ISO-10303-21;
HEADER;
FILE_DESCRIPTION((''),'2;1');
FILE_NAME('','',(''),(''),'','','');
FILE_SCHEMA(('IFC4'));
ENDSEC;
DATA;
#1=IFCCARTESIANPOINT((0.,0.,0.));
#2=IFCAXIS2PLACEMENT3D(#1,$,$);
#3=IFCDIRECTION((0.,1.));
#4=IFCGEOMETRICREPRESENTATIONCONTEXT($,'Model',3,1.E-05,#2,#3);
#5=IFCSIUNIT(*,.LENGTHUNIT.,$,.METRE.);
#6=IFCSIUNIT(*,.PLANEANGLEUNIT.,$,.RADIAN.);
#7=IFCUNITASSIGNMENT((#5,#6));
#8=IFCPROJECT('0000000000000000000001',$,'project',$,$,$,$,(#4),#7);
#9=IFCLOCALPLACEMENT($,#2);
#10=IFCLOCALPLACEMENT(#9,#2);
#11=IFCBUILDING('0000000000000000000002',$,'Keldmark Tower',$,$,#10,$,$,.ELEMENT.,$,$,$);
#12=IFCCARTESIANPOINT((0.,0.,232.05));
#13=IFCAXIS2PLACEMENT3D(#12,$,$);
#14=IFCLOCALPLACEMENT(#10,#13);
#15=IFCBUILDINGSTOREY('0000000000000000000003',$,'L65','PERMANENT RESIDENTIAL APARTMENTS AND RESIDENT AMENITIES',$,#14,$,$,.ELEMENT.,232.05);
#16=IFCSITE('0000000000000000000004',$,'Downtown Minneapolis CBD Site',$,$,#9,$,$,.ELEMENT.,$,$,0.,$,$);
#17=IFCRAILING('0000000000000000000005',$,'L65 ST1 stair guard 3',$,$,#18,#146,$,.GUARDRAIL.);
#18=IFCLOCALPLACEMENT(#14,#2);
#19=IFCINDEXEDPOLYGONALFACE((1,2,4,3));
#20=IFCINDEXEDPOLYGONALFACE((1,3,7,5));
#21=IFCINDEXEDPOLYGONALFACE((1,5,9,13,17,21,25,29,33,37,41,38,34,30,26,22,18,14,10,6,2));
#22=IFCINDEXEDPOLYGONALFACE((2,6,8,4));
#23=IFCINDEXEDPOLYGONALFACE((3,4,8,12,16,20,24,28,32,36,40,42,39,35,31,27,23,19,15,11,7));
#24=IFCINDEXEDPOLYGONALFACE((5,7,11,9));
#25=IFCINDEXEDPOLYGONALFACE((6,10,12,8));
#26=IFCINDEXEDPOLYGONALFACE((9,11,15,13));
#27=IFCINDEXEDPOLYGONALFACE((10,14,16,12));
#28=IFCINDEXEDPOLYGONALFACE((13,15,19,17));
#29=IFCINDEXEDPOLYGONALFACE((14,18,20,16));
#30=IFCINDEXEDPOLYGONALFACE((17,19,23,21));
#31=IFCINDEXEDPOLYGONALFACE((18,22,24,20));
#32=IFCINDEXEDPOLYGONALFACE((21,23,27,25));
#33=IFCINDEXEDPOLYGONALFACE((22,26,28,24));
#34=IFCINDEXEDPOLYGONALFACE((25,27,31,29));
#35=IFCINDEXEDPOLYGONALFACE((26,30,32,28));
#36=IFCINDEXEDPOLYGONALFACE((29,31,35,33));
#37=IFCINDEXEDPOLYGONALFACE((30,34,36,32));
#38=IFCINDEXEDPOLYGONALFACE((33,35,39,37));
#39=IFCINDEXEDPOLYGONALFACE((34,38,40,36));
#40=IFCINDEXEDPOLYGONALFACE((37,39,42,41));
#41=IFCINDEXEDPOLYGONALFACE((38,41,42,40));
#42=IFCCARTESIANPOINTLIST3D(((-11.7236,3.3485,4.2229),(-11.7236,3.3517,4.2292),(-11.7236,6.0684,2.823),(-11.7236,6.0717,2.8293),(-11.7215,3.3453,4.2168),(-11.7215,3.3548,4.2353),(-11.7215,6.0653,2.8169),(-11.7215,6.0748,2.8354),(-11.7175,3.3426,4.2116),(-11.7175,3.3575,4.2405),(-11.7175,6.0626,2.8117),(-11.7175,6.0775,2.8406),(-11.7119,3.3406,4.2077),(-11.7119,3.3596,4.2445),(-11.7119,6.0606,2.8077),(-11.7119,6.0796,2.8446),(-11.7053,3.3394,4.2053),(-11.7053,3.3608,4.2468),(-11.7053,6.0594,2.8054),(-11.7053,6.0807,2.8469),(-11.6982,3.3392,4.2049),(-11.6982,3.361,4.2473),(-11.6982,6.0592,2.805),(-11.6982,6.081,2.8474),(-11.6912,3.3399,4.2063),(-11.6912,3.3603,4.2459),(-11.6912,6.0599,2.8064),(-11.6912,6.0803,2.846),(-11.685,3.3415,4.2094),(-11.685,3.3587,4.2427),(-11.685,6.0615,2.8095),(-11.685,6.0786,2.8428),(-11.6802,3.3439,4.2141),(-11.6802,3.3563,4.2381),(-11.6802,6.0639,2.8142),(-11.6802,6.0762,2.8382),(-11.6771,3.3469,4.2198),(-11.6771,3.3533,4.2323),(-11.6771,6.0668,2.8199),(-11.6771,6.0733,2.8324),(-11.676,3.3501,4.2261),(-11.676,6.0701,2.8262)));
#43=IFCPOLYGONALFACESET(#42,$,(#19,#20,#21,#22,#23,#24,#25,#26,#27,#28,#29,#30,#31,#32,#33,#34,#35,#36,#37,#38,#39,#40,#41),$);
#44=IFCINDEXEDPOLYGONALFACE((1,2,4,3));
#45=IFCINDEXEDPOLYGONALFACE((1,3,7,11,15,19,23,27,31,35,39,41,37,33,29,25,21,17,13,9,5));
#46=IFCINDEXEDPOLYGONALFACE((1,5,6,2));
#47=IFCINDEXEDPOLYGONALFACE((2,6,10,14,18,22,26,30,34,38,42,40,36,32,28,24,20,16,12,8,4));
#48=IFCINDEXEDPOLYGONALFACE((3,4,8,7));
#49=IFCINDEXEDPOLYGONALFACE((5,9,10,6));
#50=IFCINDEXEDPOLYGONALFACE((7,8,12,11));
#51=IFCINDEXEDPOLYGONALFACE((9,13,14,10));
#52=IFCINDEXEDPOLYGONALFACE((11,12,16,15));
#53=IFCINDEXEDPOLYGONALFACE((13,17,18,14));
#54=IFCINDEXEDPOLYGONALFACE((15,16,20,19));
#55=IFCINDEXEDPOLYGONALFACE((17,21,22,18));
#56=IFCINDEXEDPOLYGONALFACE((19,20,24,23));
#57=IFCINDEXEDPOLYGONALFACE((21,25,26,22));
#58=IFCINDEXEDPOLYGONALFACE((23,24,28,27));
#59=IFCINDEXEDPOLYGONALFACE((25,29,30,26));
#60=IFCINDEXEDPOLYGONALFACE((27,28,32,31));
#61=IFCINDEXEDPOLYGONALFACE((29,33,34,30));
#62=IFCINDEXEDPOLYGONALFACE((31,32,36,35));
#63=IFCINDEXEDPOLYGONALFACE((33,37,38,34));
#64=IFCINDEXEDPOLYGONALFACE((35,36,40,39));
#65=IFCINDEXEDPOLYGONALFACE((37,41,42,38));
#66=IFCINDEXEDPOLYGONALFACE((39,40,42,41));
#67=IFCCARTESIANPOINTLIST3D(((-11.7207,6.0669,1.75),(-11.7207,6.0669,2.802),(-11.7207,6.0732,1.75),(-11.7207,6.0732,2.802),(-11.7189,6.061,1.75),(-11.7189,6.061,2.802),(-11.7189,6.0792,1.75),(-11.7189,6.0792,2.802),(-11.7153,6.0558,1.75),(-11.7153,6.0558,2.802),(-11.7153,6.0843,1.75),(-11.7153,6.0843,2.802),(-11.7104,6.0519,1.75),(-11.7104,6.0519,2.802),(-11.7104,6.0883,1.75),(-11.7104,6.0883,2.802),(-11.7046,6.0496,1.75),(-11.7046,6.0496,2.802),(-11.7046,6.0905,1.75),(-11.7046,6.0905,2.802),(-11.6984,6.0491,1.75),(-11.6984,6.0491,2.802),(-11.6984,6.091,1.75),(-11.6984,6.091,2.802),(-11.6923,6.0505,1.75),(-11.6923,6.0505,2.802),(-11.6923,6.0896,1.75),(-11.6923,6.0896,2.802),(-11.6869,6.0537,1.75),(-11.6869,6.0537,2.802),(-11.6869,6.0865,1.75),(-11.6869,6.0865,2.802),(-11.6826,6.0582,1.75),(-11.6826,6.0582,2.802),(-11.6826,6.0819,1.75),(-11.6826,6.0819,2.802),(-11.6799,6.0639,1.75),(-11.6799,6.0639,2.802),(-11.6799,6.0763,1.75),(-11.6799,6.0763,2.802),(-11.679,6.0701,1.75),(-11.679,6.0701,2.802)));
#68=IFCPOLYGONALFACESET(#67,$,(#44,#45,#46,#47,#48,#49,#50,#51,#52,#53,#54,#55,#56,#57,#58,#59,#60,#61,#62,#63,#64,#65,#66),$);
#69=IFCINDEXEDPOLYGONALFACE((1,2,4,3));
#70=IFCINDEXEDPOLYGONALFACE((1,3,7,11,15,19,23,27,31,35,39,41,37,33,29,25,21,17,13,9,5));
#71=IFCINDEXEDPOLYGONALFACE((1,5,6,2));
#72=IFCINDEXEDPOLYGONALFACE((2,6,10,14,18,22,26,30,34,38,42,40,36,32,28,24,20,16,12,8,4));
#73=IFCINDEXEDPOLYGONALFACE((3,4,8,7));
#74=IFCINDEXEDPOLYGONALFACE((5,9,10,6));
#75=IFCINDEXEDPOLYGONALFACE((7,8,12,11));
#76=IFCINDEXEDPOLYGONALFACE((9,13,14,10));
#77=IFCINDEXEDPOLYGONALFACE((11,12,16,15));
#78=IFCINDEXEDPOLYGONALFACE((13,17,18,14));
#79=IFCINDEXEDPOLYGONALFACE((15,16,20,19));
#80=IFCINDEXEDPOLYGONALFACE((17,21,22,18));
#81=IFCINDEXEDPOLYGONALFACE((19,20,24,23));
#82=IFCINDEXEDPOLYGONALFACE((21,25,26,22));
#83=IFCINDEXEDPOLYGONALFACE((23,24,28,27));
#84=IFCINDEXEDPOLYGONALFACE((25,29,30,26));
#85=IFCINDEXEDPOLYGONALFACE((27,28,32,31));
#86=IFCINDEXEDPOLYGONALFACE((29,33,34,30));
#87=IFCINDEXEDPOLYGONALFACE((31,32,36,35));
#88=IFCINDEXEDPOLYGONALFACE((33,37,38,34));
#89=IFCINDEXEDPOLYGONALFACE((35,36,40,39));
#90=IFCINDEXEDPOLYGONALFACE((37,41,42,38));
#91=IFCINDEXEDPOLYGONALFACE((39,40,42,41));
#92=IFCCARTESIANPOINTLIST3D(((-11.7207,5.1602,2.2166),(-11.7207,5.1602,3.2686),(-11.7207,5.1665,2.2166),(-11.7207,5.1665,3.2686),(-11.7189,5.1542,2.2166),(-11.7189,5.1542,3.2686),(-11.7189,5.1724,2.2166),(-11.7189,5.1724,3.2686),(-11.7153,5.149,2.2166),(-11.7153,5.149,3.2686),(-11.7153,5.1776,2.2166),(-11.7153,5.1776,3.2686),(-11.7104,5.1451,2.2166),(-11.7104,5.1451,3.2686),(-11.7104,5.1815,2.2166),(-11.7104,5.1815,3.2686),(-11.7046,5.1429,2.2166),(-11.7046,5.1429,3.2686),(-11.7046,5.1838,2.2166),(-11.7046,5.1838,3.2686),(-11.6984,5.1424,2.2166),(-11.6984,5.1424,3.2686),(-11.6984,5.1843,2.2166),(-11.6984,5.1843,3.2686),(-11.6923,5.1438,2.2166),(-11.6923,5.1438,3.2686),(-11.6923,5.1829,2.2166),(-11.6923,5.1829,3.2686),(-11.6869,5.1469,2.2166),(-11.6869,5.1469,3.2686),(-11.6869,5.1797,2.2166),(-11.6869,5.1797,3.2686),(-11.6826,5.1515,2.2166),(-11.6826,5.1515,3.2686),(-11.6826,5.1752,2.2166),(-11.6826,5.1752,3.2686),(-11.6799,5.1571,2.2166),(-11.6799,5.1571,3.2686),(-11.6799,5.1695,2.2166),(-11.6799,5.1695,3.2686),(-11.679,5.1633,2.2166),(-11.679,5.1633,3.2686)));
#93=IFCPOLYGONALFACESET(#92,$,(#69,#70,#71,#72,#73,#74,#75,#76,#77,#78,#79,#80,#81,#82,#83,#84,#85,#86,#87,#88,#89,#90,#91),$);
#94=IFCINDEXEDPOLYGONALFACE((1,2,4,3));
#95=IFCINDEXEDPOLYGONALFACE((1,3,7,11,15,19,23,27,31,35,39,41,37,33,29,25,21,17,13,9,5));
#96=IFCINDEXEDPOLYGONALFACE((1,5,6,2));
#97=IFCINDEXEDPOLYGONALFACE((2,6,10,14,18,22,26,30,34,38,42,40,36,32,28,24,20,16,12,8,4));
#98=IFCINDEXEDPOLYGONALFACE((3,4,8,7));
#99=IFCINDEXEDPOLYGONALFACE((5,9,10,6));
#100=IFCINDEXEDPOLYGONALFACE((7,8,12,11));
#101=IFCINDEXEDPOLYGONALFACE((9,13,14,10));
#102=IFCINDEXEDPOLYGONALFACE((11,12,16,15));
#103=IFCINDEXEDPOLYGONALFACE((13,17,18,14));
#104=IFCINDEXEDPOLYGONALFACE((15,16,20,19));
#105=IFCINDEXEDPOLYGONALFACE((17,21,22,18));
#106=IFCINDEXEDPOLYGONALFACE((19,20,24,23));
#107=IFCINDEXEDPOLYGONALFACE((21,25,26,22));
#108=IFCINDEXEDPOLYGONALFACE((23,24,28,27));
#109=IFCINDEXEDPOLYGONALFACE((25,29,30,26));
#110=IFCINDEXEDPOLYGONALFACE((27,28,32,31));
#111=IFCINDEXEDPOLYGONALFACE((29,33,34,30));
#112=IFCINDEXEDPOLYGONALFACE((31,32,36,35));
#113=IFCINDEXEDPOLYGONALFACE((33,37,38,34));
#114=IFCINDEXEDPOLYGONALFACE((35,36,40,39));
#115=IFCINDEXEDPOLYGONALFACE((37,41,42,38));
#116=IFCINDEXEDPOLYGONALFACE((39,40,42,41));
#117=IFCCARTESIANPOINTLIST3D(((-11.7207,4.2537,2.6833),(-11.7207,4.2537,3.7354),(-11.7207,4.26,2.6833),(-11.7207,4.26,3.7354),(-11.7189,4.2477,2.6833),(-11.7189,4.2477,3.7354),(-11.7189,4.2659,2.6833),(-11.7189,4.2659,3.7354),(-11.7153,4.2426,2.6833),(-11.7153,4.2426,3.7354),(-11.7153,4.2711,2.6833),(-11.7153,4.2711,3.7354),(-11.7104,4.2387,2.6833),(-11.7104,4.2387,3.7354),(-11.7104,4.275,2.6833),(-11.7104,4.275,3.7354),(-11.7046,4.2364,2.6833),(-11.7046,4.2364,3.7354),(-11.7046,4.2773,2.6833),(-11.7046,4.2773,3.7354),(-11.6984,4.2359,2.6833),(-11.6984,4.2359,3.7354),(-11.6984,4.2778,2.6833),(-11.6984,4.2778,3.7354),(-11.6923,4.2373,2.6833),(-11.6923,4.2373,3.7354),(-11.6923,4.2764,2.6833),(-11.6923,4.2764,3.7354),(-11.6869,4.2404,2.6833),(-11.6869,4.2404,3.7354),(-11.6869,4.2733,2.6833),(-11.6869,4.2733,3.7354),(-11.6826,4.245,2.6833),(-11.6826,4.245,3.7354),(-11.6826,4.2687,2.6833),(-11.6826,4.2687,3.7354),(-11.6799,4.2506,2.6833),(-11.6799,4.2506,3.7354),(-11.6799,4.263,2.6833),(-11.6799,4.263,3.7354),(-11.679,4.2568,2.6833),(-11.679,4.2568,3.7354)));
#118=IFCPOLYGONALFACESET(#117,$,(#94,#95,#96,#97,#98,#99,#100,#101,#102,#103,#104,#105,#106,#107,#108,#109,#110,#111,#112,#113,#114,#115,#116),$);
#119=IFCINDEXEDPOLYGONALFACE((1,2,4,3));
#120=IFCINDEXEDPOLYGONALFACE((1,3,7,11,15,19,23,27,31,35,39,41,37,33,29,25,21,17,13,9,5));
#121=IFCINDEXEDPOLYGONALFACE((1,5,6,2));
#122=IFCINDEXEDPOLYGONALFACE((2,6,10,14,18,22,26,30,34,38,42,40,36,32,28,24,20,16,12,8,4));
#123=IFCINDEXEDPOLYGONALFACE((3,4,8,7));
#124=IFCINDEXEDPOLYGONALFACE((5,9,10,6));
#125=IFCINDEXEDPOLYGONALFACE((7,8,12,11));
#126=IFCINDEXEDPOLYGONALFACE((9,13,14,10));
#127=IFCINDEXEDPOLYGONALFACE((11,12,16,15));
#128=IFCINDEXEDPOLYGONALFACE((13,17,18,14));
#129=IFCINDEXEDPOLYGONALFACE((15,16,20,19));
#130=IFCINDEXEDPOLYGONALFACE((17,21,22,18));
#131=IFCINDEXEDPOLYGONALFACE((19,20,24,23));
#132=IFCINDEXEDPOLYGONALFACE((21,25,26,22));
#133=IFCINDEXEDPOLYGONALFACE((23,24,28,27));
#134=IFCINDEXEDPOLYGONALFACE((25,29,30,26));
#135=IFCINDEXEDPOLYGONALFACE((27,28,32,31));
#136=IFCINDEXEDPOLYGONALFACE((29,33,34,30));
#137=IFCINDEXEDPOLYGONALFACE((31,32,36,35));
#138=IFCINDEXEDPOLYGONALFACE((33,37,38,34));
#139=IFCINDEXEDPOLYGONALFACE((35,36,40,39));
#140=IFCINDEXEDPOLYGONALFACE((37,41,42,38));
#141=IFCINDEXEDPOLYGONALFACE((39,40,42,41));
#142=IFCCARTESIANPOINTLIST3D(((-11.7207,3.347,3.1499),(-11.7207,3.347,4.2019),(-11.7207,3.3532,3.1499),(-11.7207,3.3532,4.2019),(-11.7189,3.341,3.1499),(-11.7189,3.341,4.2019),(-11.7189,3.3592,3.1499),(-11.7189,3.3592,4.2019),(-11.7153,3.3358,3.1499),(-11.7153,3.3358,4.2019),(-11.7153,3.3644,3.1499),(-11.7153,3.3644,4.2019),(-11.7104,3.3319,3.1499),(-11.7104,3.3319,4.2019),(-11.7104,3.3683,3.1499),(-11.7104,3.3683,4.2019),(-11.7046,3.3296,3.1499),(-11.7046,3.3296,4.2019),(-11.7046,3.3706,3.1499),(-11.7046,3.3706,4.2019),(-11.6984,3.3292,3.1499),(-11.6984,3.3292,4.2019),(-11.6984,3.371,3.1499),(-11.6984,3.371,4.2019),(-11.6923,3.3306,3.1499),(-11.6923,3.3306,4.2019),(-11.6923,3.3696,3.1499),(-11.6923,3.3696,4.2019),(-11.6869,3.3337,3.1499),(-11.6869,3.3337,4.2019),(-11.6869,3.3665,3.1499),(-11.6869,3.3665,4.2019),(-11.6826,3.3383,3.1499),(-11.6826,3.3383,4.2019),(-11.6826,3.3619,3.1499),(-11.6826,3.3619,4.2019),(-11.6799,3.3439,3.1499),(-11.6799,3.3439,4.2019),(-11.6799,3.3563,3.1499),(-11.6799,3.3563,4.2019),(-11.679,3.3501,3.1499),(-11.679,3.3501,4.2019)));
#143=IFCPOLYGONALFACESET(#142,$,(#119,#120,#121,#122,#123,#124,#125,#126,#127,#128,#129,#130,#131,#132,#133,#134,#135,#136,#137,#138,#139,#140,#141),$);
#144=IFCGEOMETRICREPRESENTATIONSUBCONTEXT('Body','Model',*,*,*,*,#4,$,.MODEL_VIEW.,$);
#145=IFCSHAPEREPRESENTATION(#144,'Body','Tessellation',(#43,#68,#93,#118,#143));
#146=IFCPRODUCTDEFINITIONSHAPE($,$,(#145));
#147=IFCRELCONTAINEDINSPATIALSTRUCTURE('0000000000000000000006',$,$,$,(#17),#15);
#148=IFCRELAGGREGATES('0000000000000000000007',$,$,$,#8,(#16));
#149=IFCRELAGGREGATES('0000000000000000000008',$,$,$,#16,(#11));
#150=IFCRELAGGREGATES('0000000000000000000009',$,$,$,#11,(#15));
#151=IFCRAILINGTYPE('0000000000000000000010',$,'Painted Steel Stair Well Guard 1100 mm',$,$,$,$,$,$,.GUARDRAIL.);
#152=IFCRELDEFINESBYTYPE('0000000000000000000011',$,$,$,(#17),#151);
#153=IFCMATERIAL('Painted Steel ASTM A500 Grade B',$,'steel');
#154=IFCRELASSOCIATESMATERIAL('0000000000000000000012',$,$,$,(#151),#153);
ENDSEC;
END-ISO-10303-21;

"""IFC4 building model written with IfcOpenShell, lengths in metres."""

from ifc_helpers import new_model, si_unit, direction, frame, origin, origin_2d, place, context, subcontext, project, spatial, circle, extrude, material, type_object, element, save


model = new_model("IFC4")

# Units and contexts
model_context = context("Model", 3, precision=1e-05, world=origin(), true_north=direction((0.0, 1.0)))
body_context = subcontext(model_context, "Body", "Model", "MODEL_VIEW")
ifc_project = project(units=[si_unit("LENGTHUNIT", "METRE"), si_unit("PLANEANGLEUNIT", "RADIAN")], contexts=[model_context])

# Site, building, storey
site_placement = place(None, origin())
site = spatial("IfcSite", under=ifc_project, at=site_placement, Name="Downtown Minneapolis CBD Site", CompositionType="ELEMENT", RefElevation=0.0)
building_placement = place(site_placement, origin())
building = spatial("IfcBuilding", under=site, at=building_placement, Name="Keldmark Tower", CompositionType="ELEMENT")
storey_placement = place(building_placement, frame((0.0, 0.0, 232.05)))
storey = spatial("IfcBuildingStorey", under=building, at=storey_placement, Name="L65", Description="PERMANENT RESIDENTIAL APARTMENTS AND RESIDENT AMENITIES", CompositionType="ELEMENT", Elevation=232.05)

# Railing
ifc_material_1 = material(Name="Painted Steel ASTM A500 Grade B", Category="steel")
railing_type_1 = type_object("IfcRailingType", Name="Painted Steel Stair Well Guard 1100 mm", PredefinedType="GUARDRAIL", material=ifc_material_1)
railing_1_placement = place(storey_placement, frame((-11.7, 6.0701, 1.75)))
element("IfcRailing", 1, at=railing_1_placement, inside=storey, type_object=railing_type_1, Name="L65 ST1 stair guard 3", PredefinedType="GUARDRAIL", context=body_context, shape_type="SweptSolid", body=[
    extrude(circle(Radius=0.0239, at=origin_2d()), frame((0.0, 0.0, 1.0762), z_axis=(0.0, -0.889147, 0.457622), x_axis=(1.0, 0.0, 0.0)), (0.0, 0.0, 1.0), 3.0591),
    extrude(circle(Radius=0.021, at=origin_2d()), origin(), (0.0, 0.0, 1.0), 1.052),
    extrude(circle(Radius=0.021, at=origin_2d()), frame((0.0, -0.9067, 0.4666)), (0.0, 0.0, 1.0), 1.052),
    extrude(circle(Radius=0.021, at=origin_2d()), frame((0.0, -1.8132, 0.9333)), (0.0, 0.0, 1.0), 1.052),
    extrude(circle(Radius=0.021, at=origin_2d()), frame((0.0, -2.72, 1.3999)), (0.0, 0.0, 1.0), 1.052),
])

save(model, "model.ifc")
